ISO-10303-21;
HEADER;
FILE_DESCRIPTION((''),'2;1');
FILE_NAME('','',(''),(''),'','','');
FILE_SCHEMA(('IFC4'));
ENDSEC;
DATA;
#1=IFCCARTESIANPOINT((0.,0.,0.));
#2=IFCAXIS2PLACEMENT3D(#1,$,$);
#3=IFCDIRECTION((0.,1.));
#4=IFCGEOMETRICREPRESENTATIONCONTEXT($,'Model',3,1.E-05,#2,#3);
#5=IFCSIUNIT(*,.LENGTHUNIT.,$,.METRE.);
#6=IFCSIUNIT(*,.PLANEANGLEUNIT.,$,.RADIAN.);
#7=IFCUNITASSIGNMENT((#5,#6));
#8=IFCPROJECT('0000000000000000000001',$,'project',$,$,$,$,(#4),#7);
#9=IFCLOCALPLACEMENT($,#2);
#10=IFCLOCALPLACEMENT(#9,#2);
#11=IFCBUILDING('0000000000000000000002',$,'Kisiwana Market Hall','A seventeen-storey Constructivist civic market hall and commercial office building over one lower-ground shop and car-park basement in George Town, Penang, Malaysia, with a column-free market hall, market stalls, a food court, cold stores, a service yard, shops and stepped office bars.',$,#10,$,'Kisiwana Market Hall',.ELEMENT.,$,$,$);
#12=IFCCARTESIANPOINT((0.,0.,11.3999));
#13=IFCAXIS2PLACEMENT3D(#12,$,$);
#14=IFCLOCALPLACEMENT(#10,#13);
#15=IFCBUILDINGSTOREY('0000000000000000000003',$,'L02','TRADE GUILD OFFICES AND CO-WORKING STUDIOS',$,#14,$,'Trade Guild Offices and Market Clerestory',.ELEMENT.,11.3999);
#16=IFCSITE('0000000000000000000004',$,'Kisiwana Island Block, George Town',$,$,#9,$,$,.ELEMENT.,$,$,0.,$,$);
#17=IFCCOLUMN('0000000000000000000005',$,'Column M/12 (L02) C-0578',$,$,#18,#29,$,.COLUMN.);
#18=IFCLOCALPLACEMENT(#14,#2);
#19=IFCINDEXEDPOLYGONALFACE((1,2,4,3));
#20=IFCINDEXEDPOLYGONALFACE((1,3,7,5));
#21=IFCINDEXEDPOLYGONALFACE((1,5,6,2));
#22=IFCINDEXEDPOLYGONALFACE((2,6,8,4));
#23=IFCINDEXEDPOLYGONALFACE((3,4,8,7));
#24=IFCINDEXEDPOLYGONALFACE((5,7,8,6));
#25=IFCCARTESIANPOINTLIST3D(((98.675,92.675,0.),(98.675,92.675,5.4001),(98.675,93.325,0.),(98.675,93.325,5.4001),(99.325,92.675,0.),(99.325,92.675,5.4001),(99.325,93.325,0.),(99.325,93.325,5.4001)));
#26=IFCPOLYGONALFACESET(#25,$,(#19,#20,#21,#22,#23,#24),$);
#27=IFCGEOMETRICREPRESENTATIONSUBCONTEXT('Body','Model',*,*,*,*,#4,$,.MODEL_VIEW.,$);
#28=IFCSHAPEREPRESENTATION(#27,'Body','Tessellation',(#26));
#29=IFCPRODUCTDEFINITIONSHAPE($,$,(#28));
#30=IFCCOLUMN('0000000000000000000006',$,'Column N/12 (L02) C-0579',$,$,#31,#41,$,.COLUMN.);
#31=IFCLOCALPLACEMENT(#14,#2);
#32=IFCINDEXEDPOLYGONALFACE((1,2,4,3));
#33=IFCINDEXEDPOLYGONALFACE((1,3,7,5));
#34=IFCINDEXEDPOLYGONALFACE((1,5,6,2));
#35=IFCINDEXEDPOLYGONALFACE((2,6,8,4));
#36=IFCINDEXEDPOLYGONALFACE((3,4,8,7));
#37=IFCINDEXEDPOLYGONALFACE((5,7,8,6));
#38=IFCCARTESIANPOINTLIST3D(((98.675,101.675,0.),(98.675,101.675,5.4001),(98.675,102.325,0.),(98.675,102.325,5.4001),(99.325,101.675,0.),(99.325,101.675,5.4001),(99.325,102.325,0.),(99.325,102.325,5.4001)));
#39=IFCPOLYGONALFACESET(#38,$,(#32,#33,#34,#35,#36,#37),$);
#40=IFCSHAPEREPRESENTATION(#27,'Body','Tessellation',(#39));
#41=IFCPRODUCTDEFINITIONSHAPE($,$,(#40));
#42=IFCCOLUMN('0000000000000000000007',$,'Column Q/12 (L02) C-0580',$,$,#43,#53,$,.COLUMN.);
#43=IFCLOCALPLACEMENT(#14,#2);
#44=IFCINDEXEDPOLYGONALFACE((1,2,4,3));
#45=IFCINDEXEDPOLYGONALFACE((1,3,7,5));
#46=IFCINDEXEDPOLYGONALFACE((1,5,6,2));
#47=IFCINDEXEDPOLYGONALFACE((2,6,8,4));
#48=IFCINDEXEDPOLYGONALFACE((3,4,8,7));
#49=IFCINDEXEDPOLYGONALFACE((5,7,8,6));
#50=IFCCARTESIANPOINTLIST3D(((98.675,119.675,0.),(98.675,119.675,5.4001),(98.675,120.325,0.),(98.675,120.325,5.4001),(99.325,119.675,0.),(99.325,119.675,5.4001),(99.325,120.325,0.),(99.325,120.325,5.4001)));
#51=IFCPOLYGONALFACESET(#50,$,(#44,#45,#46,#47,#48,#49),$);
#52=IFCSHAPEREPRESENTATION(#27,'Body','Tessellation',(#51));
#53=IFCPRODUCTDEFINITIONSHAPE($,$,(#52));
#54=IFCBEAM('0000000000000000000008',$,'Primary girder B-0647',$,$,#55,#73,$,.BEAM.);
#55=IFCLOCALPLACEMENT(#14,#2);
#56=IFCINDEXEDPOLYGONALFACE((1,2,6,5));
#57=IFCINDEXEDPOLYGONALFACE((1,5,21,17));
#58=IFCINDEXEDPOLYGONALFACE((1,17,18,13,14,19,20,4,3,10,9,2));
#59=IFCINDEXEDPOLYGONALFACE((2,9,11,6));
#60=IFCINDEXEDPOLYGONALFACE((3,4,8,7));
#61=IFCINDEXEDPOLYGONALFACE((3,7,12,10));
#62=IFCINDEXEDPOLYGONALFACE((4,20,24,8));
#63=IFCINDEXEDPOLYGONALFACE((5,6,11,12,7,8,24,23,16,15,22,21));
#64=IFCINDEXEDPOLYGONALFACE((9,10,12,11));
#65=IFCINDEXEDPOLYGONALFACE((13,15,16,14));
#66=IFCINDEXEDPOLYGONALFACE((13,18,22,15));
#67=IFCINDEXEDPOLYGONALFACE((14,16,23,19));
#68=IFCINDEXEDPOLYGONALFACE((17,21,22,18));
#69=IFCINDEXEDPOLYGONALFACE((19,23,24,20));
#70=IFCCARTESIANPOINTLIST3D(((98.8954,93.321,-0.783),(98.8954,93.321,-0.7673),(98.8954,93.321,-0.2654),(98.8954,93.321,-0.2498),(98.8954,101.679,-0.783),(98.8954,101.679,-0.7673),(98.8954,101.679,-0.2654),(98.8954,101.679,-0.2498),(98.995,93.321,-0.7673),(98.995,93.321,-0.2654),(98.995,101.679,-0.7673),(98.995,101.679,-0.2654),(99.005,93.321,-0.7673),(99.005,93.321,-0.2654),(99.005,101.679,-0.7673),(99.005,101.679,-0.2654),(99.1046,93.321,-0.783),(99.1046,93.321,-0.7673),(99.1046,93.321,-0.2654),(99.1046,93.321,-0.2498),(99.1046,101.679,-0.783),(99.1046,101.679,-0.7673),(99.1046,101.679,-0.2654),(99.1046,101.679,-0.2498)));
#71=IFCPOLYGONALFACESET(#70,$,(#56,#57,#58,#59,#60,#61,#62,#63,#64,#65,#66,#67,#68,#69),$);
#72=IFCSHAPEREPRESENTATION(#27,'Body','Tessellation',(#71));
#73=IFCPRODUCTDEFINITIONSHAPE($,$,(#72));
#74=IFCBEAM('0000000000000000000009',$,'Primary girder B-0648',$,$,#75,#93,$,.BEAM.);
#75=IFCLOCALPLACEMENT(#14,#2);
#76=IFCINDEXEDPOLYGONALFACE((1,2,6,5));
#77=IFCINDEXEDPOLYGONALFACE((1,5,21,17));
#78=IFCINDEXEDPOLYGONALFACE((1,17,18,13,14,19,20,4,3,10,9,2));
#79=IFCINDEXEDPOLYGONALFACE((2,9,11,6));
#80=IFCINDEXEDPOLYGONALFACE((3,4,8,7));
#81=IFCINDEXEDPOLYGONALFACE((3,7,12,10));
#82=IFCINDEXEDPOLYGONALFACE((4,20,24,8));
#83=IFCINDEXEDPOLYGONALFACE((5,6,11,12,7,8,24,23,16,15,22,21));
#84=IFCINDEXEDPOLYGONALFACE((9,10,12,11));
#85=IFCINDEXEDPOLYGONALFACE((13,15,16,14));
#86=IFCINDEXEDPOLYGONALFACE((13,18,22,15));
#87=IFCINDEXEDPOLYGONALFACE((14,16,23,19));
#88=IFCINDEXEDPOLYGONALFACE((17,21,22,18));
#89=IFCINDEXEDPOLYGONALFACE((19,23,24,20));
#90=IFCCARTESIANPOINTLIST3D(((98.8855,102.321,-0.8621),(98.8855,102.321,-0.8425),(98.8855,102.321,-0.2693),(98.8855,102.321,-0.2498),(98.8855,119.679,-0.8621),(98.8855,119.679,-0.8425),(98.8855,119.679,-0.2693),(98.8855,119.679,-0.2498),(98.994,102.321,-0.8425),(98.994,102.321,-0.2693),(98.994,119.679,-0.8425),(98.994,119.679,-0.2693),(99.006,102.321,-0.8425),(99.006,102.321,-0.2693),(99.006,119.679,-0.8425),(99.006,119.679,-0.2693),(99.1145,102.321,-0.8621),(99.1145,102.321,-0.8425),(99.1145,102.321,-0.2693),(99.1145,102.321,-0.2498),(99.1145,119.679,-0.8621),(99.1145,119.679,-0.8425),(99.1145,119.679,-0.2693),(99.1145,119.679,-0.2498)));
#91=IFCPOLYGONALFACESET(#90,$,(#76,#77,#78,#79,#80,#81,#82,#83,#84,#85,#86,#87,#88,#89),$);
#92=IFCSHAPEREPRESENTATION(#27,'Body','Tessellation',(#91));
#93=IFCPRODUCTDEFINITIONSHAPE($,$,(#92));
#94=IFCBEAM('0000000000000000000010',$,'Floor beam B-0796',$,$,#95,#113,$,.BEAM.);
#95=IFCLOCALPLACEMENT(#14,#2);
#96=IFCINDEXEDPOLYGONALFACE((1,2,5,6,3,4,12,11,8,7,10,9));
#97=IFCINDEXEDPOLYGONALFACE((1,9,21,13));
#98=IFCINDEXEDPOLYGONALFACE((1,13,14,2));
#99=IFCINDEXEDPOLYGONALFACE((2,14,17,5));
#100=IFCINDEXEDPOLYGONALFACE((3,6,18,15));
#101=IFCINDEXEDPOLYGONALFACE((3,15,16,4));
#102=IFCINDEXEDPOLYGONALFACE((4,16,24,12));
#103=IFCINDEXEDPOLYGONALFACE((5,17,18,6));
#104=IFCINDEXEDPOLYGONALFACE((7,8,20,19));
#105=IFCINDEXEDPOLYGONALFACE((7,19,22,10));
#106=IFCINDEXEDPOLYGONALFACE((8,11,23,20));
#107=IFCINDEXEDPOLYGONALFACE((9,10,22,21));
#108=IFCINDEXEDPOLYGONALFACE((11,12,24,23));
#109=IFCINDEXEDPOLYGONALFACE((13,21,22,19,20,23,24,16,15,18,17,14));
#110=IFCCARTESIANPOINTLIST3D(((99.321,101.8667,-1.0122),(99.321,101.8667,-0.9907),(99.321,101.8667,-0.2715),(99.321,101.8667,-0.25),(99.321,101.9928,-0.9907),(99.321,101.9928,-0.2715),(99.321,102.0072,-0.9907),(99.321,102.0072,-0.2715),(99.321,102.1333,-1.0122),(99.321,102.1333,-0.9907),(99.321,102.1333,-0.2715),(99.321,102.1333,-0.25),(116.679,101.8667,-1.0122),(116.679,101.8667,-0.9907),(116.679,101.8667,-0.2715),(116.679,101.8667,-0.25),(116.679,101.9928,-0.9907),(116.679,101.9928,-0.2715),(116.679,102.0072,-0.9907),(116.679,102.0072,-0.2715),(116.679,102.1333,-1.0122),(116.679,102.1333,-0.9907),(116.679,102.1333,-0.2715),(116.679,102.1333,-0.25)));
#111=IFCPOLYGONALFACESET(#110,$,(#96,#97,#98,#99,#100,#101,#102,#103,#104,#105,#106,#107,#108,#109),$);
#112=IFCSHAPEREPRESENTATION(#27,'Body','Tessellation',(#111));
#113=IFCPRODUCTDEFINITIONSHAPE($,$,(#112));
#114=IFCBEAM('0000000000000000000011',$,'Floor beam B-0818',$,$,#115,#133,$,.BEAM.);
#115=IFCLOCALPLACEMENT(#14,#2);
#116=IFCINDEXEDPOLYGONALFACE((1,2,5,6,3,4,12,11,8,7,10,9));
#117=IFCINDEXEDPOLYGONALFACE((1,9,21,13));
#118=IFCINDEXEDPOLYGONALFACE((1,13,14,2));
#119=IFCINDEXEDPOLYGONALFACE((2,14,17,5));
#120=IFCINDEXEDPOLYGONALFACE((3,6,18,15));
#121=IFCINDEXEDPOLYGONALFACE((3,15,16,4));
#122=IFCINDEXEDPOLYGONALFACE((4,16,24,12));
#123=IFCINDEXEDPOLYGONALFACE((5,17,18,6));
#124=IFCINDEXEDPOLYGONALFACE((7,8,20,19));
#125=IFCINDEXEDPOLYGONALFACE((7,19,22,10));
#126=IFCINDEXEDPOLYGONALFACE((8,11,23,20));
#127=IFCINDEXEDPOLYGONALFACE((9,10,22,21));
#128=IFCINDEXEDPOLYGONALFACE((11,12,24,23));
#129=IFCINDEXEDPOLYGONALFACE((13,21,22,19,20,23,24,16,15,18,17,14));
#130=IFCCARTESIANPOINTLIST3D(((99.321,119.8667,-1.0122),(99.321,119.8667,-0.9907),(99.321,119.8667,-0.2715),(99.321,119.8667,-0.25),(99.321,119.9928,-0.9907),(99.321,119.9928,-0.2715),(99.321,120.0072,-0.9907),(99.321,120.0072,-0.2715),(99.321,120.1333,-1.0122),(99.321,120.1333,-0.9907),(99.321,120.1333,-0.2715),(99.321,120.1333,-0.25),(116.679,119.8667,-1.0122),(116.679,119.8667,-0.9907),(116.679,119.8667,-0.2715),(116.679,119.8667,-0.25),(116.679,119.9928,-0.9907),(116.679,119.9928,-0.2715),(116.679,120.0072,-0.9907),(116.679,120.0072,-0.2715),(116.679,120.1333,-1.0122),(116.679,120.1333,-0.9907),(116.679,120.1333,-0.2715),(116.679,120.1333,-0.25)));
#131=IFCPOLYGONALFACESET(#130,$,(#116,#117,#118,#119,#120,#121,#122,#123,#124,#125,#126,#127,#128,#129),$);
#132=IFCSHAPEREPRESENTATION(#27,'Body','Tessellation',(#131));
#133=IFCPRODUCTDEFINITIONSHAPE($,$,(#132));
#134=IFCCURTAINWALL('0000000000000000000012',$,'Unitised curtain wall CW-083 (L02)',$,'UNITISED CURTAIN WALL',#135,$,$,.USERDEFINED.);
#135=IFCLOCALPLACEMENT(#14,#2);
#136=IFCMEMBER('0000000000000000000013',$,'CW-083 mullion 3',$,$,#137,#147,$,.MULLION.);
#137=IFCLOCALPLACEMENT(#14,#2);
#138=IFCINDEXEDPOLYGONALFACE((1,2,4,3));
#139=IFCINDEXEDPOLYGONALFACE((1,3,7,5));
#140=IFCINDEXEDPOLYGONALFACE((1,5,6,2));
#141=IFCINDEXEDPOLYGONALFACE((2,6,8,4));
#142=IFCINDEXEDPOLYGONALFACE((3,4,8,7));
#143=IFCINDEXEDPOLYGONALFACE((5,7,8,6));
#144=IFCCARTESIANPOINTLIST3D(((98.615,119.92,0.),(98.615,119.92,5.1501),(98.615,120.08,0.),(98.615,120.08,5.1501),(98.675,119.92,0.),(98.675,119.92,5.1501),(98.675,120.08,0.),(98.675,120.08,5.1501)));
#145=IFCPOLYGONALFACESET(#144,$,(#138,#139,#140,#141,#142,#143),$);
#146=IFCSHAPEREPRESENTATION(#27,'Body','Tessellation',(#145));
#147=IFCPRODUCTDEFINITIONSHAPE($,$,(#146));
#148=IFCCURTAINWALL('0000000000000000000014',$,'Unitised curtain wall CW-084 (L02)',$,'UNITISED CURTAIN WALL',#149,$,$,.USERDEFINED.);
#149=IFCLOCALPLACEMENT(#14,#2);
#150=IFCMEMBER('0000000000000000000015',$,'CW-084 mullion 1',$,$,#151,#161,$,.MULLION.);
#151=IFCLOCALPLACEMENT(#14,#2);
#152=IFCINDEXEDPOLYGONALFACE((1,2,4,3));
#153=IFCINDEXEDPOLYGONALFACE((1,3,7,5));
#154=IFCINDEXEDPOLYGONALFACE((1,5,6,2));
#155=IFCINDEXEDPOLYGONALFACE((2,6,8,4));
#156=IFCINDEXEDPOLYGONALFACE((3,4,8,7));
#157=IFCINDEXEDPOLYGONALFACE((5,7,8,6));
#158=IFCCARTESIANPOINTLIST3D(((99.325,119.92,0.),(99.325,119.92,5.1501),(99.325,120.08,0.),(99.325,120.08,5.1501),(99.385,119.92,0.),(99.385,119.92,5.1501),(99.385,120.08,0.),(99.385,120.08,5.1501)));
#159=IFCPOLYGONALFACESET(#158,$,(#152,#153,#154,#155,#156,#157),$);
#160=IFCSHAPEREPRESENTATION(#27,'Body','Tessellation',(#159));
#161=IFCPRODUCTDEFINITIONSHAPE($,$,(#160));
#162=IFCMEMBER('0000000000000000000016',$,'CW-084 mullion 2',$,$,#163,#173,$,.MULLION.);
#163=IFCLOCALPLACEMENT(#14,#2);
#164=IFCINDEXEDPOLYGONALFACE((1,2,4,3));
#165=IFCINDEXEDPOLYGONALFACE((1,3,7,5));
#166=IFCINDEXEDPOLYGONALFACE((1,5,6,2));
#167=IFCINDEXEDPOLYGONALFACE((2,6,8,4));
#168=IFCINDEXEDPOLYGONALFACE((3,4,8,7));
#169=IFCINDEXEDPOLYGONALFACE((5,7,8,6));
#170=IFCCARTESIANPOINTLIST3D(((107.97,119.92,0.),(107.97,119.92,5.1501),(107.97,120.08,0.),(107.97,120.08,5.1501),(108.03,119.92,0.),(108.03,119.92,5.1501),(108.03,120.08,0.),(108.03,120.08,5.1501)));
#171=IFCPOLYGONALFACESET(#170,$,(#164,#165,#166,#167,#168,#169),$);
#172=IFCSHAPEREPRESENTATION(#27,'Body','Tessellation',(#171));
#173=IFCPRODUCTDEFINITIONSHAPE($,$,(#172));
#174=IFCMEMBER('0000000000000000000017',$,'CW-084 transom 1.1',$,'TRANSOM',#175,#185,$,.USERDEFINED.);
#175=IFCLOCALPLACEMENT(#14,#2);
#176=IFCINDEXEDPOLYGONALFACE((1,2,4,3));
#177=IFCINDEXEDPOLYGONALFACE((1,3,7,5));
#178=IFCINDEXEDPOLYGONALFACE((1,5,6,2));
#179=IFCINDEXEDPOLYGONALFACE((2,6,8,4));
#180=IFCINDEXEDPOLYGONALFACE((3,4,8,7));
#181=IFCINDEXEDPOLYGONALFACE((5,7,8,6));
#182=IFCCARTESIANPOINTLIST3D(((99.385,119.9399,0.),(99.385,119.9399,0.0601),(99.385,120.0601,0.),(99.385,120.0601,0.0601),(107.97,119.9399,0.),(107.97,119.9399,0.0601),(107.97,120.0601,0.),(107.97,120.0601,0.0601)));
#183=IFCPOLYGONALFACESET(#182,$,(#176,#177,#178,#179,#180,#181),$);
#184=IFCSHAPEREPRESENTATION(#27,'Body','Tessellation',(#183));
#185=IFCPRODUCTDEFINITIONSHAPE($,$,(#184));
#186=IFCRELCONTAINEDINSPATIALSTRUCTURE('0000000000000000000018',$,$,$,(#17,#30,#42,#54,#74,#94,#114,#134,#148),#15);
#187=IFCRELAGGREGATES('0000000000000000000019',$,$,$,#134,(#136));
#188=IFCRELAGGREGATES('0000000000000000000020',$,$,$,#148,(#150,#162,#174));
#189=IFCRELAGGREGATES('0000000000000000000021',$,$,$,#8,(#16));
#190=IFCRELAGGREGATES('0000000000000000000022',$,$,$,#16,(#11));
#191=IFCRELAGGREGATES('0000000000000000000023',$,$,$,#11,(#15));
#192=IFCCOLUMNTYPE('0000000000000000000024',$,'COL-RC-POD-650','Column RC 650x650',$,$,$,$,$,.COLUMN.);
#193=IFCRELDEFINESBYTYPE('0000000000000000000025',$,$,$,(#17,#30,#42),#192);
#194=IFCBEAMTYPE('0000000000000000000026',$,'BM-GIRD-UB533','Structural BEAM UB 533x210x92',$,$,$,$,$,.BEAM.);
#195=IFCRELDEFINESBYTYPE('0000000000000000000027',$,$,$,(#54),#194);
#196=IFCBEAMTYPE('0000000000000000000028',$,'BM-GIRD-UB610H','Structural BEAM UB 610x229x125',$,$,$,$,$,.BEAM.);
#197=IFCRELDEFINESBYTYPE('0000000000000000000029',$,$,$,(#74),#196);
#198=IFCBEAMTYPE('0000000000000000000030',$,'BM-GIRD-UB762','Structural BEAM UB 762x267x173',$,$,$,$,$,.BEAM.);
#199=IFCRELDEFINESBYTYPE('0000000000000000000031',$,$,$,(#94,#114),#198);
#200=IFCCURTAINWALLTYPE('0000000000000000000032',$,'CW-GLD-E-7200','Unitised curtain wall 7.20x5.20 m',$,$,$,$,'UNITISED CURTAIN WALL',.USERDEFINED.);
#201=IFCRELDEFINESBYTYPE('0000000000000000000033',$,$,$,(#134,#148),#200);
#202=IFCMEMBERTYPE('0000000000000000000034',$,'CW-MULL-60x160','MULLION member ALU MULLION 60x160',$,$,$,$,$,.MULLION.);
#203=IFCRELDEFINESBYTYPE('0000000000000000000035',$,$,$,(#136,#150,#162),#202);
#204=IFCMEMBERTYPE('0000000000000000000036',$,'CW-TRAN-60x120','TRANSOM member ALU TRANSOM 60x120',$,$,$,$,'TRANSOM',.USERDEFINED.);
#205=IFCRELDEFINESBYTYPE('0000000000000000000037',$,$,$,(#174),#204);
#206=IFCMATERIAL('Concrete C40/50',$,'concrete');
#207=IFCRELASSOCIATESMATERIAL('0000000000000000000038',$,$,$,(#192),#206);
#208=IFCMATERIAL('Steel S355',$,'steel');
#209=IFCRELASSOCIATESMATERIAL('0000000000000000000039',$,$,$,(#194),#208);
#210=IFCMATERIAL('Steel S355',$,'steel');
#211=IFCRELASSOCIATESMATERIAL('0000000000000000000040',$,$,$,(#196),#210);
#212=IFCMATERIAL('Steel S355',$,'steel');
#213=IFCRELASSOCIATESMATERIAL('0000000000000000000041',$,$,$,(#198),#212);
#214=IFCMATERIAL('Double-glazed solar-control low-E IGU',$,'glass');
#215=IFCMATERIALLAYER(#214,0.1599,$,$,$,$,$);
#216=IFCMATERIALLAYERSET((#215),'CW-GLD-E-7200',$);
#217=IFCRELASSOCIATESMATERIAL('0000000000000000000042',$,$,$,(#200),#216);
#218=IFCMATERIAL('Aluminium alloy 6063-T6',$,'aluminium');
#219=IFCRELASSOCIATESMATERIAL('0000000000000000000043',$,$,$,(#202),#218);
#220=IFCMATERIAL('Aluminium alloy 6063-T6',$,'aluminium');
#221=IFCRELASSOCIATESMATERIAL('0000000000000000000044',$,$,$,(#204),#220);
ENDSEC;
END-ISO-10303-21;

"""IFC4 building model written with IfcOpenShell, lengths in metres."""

from ifc_helpers import new_model, si_unit, direction, frame, origin, origin_2d, place, context, subcontext, project, spatial, rectangle, i_section, extrude, material, layer, layer_set, material_profile, profile_set, type_object, element, aggregate, save


model = new_model("IFC4")

# Units and contexts
model_context = context("Model", 3, precision=1e-05, world=origin(), true_north=direction((0.0, 1.0)))
body_context = subcontext(model_context, "Body", "Model", "MODEL_VIEW")
ifc_project = project(units=[si_unit("LENGTHUNIT", "METRE"), si_unit("PLANEANGLEUNIT", "RADIAN")], contexts=[model_context])

# Site, building, storey
site_placement = place(None, origin())
site = spatial("IfcSite", under=ifc_project, at=site_placement, Name="Kisiwana Island Block, George Town", CompositionType="ELEMENT", RefElevation=0.0)
building_placement = place(site_placement, origin())
building = spatial("IfcBuilding", under=site, at=building_placement, Name="Kisiwana Market Hall", Description="A seventeen-storey Constructivist civic market hall and commercial office building over one lower-ground shop and car-park basement in George Town, Penang, Malaysia, with a column-free market hall, market stalls, a food court, cold stores, a service yard, shops and stepped office bars.", LongName="Kisiwana Market Hall", CompositionType="ELEMENT")
storey_placement = place(building_placement, frame((0.0, 0.0, 11.3999)))
storey = spatial("IfcBuildingStorey", under=building, at=storey_placement, Name="L02", Description="TRADE GUILD OFFICES AND CO-WORKING STUDIOS", LongName="Trade Guild Offices and Market Clerestory", CompositionType="ELEMENT", Elevation=11.3999)

# Columns
ifc_material_1 = material(Name="Concrete C40/50", Category="concrete")
ifc_material_profile_1 = material_profile(ifc_material_1, rectangle(XDim=0.6499, YDim=0.6499, at=origin_2d()), Name="RC 650x650")
ifc_profile_set_1 = profile_set([ifc_material_profile_1], Name="Concrete C40/50")
column_type = type_object("IfcColumnType", Name="COL-RC-POD-650", Description="Column RC 650x650", PredefinedType="COLUMN", material=ifc_profile_set_1)
for number, where, z_axis, x_axis, name in (
    (1, (99.0, 93.0, 0.0), (0.0, 0.0, 1.0), (1.0, 0.0, 0.0), "Column M/12 (L02) C-0578"),
    (2, (99.0, 102.0, 0.0), (0.0, 0.0, 1.0), (1.0, 0.0, 0.0), "Column N/12 (L02) C-0579"),
    (3, (99.0, 120.0, 0.0), (0.0, 0.0, 1.0), (1.0, 0.0, 0.0), "Column Q/12 (L02) C-0580"),
):
    element("IfcColumn", number, at=place(storey_placement, frame(where, z_axis=z_axis, x_axis=x_axis)), inside=storey, type_object=column_type, Name=name, PredefinedType="COLUMN", context=body_context, shape_type="SweptSolid", body=[
        extrude(rectangle(XDim=0.6499, YDim=0.6499, at=origin_2d()), origin(), (0.0, 0.0, 1.0), 5.4001),
    ])

# Beams
ifc_material_2 = material(Name="Steel S355", Category="steel")
ifc_material_profile_2 = material_profile(ifc_material_2, i_section(OverallWidth=0.2092, OverallDepth=0.5332, WebThickness=0.01, FlangeThickness=0.0156, at=origin_2d()), Name="UB 533x210x92")
ifc_profile_set_2 = profile_set([ifc_material_profile_2], Name="Steel S355")
beam_type_1 = type_object("IfcBeamType", Name="BM-GIRD-UB533", Description="Structural BEAM UB 533x210x92", PredefinedType="BEAM", material=ifc_profile_set_2)
beam_1_placement = place(storey_placement, frame((99.0, 93.321, -0.5164), z_axis=(0.0, 1.0, 0.0), x_axis=(-1.0, 0.0, 0.0)))
element("IfcBeam", 4, at=beam_1_placement, inside=storey, type_object=beam_type_1, Name="Primary girder B-0647", PredefinedType="BEAM", context=body_context, shape_type="SweptSolid", body=[
    extrude(i_section(OverallWidth=0.2092, OverallDepth=0.5332, WebThickness=0.01, FlangeThickness=0.0156, at=origin_2d()), origin(), (0.0, 0.0, 1.0), 8.3579),
])
ifc_material_3 = material(Name="Steel S355", Category="steel")
ifc_material_profile_3 = material_profile(ifc_material_3, i_section(OverallWidth=0.229, OverallDepth=0.6123, WebThickness=0.012, FlangeThickness=0.0195, at=origin_2d()), Name="UB 610x229x125")
ifc_profile_set_3 = profile_set([ifc_material_profile_3], Name="Steel S355")
beam_type_2 = type_object("IfcBeamType", Name="BM-GIRD-UB610H", Description="Structural BEAM UB 610x229x125", PredefinedType="BEAM", material=ifc_profile_set_3)
beam_2_placement = place(storey_placement, frame((99.0, 102.321, -0.5559), z_axis=(0.0, 1.0, 0.0), x_axis=(-1.0, 0.0, 0.0)))
element("IfcBeam", 5, at=beam_2_placement, inside=storey, type_object=beam_type_2, Name="Primary girder B-0648", PredefinedType="BEAM", context=body_context, shape_type="SweptSolid", body=[
    extrude(i_section(OverallWidth=0.229, OverallDepth=0.6123, WebThickness=0.012, FlangeThickness=0.0195, at=origin_2d()), origin(), (0.0, 0.0, 1.0), 17.3579),
])
ifc_material_4 = material(Name="Steel S355", Category="steel")
ifc_material_profile_4 = material_profile(ifc_material_4, i_section(OverallWidth=0.2666, OverallDepth=0.7622, WebThickness=0.0144, FlangeThickness=0.0215, at=origin_2d()), Name="UB 762x267x173")
ifc_profile_set_4 = profile_set([ifc_material_profile_4], Name="Steel S355")
beam_type_3 = type_object("IfcBeamType", Name="BM-GIRD-UB762", Description="Structural BEAM UB 762x267x173", PredefinedType="BEAM", material=ifc_profile_set_4)
for number, where, z_axis, x_axis, name in (
    (6, (99.321, 102.0, -0.6311), (1.0, 0.0, 0.0), (0.0, 1.0, 0.0), "Floor beam B-0796"),
    (7, (99.321, 120.0, -0.6311), (1.0, 0.0, 0.0), (0.0, 1.0, 0.0), "Floor beam B-0818"),
):
    element("IfcBeam", number, at=place(storey_placement, frame(where, z_axis=z_axis, x_axis=x_axis)), inside=storey, type_object=beam_type_3, Name=name, PredefinedType="BEAM", context=body_context, shape_type="SweptSolid", body=[
        extrude(i_section(OverallWidth=0.2666, OverallDepth=0.7622, WebThickness=0.0144, FlangeThickness=0.0215, at=origin_2d()), origin(), (0.0, 0.0, 1.0), 17.3579),
    ])

# Curtain wall, member
ifc_material_5 = material(Name="Double-glazed solar-control low-E IGU", Category="glass")
ifc_layer_1 = layer(ifc_material_5, 0.1599)
ifc_layer_set_1 = layer_set([ifc_layer_1], Name="CW-GLD-E-7200")
curtain_wall_type = type_object("IfcCurtainWallType", Name="CW-GLD-E-7200", Description="Unitised curtain wall 7.20x5.20 m", ElementType="UNITISED CURTAIN WALL", PredefinedType="USERDEFINED", material=ifc_layer_set_1)
curtain_wall_1_placement = place(storey_placement, origin())
curtain_wall_1 = element("IfcCurtainWall", 8, at=curtain_wall_1_placement, inside=storey, type_object=curtain_wall_type, Name="Unitised curtain wall CW-083 (L02)", ObjectType="UNITISED CURTAIN WALL", PredefinedType="USERDEFINED")
ifc_material_6 = material(Name="Aluminium alloy 6063-T6", Category="aluminium")
ifc_material_profile_5 = material_profile(ifc_material_6, rectangle(XDim=0.0601, YDim=0.1599, at=origin_2d()), Name="ALU MULLION 60x160")
ifc_profile_set_5 = profile_set([ifc_material_profile_5], Name="Aluminium alloy 6063-T6")
member_type_1 = type_object("IfcMemberType", Name="CW-MULL-60x160", Description="MULLION member ALU MULLION 60x160", PredefinedType="MULLION", material=ifc_profile_set_5)
member_1_placement = place(storey_placement, frame((98.645, 120.0, 0.0), z_axis=(0.0, 0.0, 1.0), x_axis=(1.0, 0.0, 0.0)))
member_1 = element("IfcMember", 9, at=member_1_placement, type_object=member_type_1, Name="CW-083 mullion 3", PredefinedType="MULLION", context=body_context, shape_type="SweptSolid", body=[
    extrude(rectangle(XDim=0.0601, YDim=0.1599, at=origin_2d()), origin(), (0.0, 0.0, 1.0), 5.1501),
])

# Curtain wall, members
curtain_wall_2_placement = place(storey_placement, origin())
curtain_wall_2 = element("IfcCurtainWall", 10, at=curtain_wall_2_placement, inside=storey, type_object=curtain_wall_type, Name="Unitised curtain wall CW-084 (L02)", ObjectType="UNITISED CURTAIN WALL", PredefinedType="USERDEFINED")
member_2_placement = place(storey_placement, frame((99.355, 120.0, 0.0), z_axis=(0.0, 0.0, 1.0), x_axis=(1.0, 0.0, 0.0)))
member_2 = element("IfcMember", 11, at=member_2_placement, type_object=member_type_1, Name="CW-084 mullion 1", PredefinedType="MULLION", context=body_context, shape_type="SweptSolid", body=[
    extrude(rectangle(XDim=0.0601, YDim=0.1599, at=origin_2d()), origin(), (0.0, 0.0, 1.0), 5.1501),
])
member_3_placement = place(storey_placement, frame((108.0, 120.0, 0.0), z_axis=(0.0, 0.0, 1.0), x_axis=(1.0, 0.0, 0.0)))
member_3 = element("IfcMember", 12, at=member_3_placement, type_object=member_type_1, Name="CW-084 mullion 2", PredefinedType="MULLION", context=body_context, shape_type="SweptSolid", body=[
    extrude(rectangle(XDim=0.0601, YDim=0.1599, at=origin_2d()), origin(), (0.0, 0.0, 1.0), 5.1501),
])
ifc_material_7 = material(Name="Aluminium alloy 6063-T6", Category="aluminium")
ifc_material_profile_6 = material_profile(ifc_material_7, rectangle(XDim=0.1201, YDim=0.0601, at=origin_2d()), Name="ALU TRANSOM 60x120")
ifc_profile_set_6 = profile_set([ifc_material_profile_6], Name="Aluminium alloy 6063-T6")
member_type_2 = type_object("IfcMemberType", Name="CW-TRAN-60x120", Description="TRANSOM member ALU TRANSOM 60x120", ElementType="TRANSOM", PredefinedType="USERDEFINED", material=ifc_profile_set_6)
member_4_placement = place(storey_placement, frame((99.385, 120.0, 0.03), z_axis=(1.0, 0.0, 0.0), x_axis=(0.0, 1.0, 0.0)))
member_4 = element("IfcMember", 13, at=member_4_placement, type_object=member_type_2, Name="CW-084 transom 1.1", ObjectType="TRANSOM", PredefinedType="USERDEFINED", context=body_context, shape_type="SweptSolid", body=[
    extrude(rectangle(XDim=0.1201, YDim=0.0601, at=origin_2d()), origin(), (0.0, 0.0, 1.0), 8.585),
])

aggregate(curtain_wall_1, [member_1])
aggregate(curtain_wall_2, [member_2, member_3, member_4])

save(model, "model.ifc")
